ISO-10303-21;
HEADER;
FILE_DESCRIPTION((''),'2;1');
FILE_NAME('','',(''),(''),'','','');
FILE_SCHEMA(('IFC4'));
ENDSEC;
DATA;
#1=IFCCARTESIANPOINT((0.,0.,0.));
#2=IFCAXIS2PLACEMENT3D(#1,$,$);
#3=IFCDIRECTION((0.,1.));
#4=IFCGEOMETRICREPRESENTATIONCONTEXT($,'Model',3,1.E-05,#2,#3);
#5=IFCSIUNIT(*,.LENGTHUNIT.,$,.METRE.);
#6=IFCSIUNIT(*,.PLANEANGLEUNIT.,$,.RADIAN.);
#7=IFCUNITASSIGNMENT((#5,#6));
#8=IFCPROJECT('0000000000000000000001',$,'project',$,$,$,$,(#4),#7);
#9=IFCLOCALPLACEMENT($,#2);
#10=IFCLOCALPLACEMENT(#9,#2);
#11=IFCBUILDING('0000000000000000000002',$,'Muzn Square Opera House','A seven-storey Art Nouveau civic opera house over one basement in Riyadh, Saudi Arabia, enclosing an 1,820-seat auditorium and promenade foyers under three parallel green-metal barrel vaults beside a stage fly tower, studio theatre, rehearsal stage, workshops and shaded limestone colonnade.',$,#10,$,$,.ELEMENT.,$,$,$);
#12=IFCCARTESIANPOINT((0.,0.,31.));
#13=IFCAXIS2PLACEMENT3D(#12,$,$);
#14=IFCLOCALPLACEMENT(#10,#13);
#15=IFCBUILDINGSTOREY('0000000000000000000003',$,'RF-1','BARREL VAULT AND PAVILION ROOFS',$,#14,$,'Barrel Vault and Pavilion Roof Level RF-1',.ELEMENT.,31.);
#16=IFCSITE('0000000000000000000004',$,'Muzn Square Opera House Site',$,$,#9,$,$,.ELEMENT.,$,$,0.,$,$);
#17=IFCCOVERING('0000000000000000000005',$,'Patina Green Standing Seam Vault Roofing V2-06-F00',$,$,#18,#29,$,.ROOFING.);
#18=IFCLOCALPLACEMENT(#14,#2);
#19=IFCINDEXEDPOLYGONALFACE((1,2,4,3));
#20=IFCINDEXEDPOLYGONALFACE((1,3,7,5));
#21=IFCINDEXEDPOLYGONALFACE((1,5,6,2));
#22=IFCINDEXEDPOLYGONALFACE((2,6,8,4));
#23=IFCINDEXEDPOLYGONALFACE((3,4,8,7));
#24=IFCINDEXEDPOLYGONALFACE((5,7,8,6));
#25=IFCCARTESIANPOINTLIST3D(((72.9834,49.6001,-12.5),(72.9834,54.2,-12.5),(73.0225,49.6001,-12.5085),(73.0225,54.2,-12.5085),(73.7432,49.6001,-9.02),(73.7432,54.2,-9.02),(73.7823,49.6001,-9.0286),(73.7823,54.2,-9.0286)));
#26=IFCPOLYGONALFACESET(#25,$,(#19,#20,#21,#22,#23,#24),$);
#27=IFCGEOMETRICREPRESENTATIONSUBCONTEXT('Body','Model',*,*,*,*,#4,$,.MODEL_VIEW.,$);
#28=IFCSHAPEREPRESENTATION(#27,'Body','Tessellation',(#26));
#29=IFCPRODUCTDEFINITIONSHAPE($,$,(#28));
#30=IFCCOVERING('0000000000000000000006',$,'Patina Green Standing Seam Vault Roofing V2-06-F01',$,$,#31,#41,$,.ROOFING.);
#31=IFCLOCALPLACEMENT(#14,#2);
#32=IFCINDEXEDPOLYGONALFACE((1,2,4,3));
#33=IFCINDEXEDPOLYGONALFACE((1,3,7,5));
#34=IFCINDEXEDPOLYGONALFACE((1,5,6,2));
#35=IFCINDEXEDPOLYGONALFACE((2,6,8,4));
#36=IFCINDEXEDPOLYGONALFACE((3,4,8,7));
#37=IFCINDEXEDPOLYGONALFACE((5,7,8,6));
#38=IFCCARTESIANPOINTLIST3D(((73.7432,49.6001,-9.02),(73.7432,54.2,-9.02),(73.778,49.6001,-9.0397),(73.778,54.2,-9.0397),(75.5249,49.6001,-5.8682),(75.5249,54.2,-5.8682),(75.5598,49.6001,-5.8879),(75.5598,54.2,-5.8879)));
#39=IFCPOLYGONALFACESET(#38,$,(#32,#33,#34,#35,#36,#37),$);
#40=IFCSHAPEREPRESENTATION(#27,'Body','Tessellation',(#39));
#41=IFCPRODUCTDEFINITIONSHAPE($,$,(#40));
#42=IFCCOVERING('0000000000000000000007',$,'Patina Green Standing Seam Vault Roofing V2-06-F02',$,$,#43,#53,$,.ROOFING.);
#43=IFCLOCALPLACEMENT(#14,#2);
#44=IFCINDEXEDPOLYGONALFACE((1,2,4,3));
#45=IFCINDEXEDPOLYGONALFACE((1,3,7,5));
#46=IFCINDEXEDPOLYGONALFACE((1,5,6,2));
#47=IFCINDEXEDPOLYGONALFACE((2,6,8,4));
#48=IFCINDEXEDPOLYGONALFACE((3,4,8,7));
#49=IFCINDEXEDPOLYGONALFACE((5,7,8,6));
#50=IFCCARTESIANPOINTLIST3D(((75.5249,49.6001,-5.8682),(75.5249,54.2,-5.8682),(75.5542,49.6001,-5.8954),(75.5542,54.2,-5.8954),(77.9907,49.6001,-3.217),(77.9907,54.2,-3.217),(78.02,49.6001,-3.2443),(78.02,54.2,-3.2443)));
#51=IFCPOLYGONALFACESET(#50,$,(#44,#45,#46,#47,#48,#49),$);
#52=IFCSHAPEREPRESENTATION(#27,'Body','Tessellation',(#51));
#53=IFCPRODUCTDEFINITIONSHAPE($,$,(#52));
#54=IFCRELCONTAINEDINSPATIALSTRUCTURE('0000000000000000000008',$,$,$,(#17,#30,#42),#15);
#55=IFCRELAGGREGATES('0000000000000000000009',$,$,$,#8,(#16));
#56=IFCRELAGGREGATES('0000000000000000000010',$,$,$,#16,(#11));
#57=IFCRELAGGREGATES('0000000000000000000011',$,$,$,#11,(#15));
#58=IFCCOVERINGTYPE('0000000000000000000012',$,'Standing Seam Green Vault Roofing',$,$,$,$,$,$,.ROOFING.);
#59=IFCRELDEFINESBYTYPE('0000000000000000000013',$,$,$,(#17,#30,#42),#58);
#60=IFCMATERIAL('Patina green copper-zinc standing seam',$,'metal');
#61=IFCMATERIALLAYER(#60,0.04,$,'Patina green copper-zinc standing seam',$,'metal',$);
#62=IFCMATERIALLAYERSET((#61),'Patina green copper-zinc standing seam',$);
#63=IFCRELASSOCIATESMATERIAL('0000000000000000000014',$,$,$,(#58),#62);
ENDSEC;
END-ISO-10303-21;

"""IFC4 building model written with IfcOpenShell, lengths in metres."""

from ifc_helpers import new_model, si_unit, direction, frame, origin, place, context, subcontext, project, spatial, polyline, outline, extrude, material, layer, layer_set, type_object, element, save


model = new_model("IFC4")

# Units and contexts
model_context = context("Model", 3, precision=1e-05, world=origin(), true_north=direction((0.0, 1.0)))
body_context = subcontext(model_context, "Body", "Model", "MODEL_VIEW")
ifc_project = project(units=[si_unit("LENGTHUNIT", "METRE"), si_unit("PLANEANGLEUNIT", "RADIAN")], contexts=[model_context])

# Site, building, storey
site_placement = place(None, origin())
site = spatial("IfcSite", under=ifc_project, at=site_placement, Name="Muzn Square Opera House Site", CompositionType="ELEMENT", RefElevation=0.0)
building_placement = place(site_placement, origin())
building = spatial("IfcBuilding", under=site, at=building_placement, Name="Muzn Square Opera House", Description="A seven-storey Art Nouveau civic opera house over one basement in Riyadh, Saudi Arabia, enclosing an 1,820-seat auditorium and promenade foyers under three parallel green-metal barrel vaults beside a stage fly tower, studio theatre, rehearsal stage, workshops and shaded limestone colonnade.", CompositionType="ELEMENT")
storey_placement = place(building_placement, frame((0.0, 0.0, 31.0)))
storey = spatial("IfcBuildingStorey", under=building, at=storey_placement, Name="RF-1", Description="BARREL VAULT AND PAVILION ROOFS", LongName="Barrel Vault and Pavilion Roof Level RF-1", CompositionType="ELEMENT", Elevation=31.0)

# Shared definitions
ifc_material_1 = material(Name="Patina green copper-zinc standing seam", Category="metal")

# Coverings
ifc_layer_1 = layer(ifc_material_1, 0.04, Name="Patina green copper-zinc standing seam", Category="metal")
ifc_layer_set_1 = layer_set([ifc_layer_1], Name="Patina green copper-zinc standing seam")
covering_type = type_object("IfcCoveringType", Name="Standing Seam Green Vault Roofing", PredefinedType="ROOFING", material=ifc_layer_set_1)
covering_1_placement = place(storey_placement, frame((73.7432, 49.6001, -9.02), z_axis=(-0.976987, 0.0, 0.2133), x_axis=(0.0, 1.0, 0.0)))
element("IfcCovering", 1, at=covering_1_placement, inside=storey, type_object=covering_type, Name="Patina Green Standing Seam Vault Roofing V2-06-F00", PredefinedType="ROOFING", context=body_context, shape_type="SweptSolid", body=[
    extrude(outline(polyline([(0.0, 3.562), (0.0, 0.0), (4.5999, 0.0), (4.5999, 3.562), (0.0, 3.562)])), origin(), (0.0, 0.0, -1.0), 0.04),
])
covering_2_placement = place(storey_placement, frame((75.5249, 49.6001, -5.8682), z_axis=(-0.870533, 0.0, 0.492111), x_axis=(0.0, 1.0, 0.0)))
element("IfcCovering", 2, at=covering_2_placement, inside=storey, type_object=covering_type, Name="Patina Green Standing Seam Vault Roofing V2-06-F01", PredefinedType="ROOFING", context=body_context, shape_type="SweptSolid", body=[
    extrude(outline(polyline([(0.0, 3.6206), (0.0, 0.0), (4.5999, 0.0), (4.5999, 3.6206), (0.0, 3.6206)])), origin(), (0.0, 0.0, -1.0), 0.04),
])
covering_3_placement = place(storey_placement, frame((77.9907, 49.6001, -3.217), z_axis=(-0.732234, 0.0, 0.681053), x_axis=(0.0, 1.0, 0.0)))
element("IfcCovering", 3, at=covering_3_placement, inside=storey, type_object=covering_type, Name="Patina Green Standing Seam Vault Roofing V2-06-F02", PredefinedType="ROOFING", context=body_context, shape_type="SweptSolid", body=[
    extrude(outline(polyline([(0.0, 3.6206), (0.0, 0.0), (4.5999, 0.0), (4.5999, 3.6206), (0.0, 3.6206)])), origin(), (0.0, 0.0, -1.0), 0.04),
])

save(model, "model.ifc")
